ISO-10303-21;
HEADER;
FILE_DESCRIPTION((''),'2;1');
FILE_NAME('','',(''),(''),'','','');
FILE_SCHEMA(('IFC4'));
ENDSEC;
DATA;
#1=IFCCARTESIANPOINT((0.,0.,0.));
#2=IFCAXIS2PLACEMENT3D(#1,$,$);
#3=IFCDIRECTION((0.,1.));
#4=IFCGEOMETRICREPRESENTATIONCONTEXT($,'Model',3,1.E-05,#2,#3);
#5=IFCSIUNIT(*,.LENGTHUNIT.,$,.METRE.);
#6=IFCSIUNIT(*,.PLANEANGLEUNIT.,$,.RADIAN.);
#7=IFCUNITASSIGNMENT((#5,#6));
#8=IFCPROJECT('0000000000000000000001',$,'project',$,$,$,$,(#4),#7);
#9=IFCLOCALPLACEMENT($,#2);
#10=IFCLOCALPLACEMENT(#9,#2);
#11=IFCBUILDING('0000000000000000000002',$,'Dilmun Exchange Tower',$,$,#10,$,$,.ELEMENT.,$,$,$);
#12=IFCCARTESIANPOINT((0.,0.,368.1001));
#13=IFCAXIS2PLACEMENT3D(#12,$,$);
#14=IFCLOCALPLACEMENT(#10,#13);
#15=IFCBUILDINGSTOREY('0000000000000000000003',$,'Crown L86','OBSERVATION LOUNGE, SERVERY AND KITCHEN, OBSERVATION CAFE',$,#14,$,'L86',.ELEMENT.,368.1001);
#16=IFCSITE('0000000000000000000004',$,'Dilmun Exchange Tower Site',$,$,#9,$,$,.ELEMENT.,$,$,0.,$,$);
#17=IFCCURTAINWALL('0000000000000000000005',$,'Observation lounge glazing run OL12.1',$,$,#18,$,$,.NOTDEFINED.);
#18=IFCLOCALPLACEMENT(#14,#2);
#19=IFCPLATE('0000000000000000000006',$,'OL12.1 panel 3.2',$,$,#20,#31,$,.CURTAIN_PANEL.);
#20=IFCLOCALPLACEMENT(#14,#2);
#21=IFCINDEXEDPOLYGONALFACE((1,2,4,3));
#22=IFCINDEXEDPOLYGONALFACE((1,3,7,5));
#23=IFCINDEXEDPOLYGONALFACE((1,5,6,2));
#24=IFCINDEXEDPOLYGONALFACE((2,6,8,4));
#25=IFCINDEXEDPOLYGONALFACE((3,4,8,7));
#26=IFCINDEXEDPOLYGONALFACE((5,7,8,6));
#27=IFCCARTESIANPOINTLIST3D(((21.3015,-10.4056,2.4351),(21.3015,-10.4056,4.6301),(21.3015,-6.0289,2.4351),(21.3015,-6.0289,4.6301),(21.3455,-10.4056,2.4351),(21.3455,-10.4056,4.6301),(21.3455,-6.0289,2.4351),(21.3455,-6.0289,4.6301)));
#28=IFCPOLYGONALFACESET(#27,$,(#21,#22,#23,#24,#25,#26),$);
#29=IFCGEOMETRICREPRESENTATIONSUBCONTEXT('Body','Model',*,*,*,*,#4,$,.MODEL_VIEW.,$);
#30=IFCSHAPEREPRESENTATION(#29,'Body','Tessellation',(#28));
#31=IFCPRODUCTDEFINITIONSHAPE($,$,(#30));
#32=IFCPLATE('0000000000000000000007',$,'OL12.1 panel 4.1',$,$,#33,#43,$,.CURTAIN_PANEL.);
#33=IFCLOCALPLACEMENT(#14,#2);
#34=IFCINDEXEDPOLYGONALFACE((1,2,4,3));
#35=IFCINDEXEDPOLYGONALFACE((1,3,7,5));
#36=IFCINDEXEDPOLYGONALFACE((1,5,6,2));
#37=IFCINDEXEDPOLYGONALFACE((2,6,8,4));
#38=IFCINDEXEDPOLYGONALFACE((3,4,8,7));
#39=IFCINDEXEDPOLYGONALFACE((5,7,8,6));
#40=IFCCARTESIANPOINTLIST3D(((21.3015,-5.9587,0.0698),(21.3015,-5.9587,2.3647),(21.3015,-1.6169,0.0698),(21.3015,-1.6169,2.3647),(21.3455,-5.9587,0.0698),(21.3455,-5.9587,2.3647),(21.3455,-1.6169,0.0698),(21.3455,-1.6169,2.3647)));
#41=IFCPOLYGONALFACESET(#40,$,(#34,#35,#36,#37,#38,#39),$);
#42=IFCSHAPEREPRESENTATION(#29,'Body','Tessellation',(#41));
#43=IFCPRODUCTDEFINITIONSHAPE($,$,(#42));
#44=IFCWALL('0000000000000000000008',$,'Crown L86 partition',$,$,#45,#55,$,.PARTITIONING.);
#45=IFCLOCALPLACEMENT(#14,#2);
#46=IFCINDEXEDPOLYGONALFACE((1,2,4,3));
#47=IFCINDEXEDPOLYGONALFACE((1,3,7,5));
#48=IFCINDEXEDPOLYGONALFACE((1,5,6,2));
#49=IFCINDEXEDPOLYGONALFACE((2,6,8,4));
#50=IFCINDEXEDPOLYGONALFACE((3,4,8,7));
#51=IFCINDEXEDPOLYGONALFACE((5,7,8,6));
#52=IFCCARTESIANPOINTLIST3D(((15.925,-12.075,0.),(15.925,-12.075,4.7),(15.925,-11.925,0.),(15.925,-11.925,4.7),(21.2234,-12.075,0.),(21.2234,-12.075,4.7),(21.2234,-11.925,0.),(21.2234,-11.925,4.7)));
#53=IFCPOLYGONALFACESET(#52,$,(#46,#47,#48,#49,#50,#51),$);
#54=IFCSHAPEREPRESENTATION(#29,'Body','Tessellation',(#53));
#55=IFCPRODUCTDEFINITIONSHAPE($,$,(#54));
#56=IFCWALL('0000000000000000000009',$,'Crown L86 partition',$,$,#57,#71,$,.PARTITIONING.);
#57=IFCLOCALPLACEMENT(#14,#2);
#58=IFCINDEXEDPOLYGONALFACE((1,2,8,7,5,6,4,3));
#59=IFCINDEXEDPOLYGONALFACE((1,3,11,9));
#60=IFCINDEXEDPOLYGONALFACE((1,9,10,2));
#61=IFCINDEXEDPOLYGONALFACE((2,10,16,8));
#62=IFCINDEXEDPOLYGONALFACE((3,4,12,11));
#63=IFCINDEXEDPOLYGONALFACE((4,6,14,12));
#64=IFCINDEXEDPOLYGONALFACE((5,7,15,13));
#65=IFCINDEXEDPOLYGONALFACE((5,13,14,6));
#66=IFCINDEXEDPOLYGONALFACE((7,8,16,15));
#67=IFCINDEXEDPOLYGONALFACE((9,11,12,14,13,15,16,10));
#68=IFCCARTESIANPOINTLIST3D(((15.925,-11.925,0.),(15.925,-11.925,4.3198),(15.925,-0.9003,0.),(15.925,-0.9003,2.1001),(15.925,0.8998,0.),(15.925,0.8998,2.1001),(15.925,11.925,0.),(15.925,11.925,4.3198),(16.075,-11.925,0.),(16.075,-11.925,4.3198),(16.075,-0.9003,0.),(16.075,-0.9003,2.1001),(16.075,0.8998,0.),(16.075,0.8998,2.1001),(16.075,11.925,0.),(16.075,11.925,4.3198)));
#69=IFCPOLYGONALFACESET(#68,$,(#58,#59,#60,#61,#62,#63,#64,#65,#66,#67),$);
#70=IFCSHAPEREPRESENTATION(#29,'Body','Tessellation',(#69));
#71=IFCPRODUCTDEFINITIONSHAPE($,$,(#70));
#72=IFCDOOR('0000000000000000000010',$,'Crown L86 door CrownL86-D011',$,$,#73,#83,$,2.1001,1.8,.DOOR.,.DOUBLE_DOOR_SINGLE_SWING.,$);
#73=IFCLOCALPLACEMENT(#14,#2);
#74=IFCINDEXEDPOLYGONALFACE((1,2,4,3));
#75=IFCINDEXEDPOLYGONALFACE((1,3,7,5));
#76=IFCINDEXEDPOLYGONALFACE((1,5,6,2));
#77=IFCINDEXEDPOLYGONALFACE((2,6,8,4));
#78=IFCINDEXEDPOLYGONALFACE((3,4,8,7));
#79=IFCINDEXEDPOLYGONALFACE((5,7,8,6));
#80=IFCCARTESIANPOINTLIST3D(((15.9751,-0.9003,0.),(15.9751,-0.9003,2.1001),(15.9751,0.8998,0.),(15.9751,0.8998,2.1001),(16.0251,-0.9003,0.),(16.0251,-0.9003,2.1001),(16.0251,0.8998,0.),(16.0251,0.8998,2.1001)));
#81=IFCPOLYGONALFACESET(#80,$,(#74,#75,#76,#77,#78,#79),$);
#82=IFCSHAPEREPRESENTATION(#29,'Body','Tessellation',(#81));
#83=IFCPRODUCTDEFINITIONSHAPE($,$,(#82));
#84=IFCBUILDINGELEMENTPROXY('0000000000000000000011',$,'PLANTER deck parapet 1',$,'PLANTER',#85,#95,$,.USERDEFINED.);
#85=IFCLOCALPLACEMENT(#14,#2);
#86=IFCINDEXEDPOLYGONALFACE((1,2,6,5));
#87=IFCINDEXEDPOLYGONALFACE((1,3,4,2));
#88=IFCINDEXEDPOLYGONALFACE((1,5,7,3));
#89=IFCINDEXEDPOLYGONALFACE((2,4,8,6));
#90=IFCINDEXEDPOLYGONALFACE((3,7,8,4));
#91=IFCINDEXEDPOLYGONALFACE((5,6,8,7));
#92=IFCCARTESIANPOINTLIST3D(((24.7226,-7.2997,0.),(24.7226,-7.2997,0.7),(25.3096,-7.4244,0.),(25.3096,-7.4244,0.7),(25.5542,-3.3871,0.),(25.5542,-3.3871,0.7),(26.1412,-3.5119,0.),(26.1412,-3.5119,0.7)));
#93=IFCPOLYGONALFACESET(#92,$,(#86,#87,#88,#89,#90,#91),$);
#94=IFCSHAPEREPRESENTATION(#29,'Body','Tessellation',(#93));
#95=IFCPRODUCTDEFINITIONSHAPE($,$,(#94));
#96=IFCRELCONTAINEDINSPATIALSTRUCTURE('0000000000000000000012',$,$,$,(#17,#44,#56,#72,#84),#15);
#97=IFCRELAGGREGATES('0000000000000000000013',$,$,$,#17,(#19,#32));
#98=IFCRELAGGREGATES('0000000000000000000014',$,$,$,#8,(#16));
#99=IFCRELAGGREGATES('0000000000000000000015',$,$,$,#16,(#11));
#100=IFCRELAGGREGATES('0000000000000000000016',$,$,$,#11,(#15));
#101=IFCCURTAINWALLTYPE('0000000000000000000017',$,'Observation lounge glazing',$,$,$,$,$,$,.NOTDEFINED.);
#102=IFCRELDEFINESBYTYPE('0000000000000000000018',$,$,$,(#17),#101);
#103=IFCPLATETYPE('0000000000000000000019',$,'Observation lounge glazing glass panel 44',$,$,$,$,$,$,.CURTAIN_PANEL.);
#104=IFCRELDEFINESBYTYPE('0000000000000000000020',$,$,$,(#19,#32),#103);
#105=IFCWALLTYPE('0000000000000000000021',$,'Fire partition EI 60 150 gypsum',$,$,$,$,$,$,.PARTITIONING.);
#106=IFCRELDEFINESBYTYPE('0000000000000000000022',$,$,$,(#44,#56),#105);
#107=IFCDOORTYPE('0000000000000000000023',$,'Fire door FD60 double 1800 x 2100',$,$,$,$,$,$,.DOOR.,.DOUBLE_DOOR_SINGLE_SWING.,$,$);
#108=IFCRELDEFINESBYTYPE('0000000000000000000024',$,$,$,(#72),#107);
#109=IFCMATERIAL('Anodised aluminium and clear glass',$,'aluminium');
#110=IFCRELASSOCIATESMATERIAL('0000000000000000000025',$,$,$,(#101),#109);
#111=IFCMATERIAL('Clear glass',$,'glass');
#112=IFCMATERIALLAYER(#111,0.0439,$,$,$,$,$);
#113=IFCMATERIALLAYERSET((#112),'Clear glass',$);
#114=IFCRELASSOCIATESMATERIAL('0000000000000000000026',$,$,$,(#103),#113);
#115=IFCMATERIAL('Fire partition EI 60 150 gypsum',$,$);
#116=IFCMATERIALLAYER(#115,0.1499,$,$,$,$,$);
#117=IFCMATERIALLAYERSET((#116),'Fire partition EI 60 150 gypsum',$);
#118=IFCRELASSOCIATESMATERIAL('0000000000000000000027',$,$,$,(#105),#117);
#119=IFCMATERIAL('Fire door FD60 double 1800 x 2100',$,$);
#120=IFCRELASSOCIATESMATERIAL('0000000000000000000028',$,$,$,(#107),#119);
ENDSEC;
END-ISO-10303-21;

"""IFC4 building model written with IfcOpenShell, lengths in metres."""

from ifc_helpers import new_model, si_unit, direction, frame, frame_2d, origin, origin_2d, place, context, subcontext, project, spatial, rectangle, extrude, material, layer, layer_set, type_object, element, fill, aggregate, save


model = new_model("IFC4")

# Units and contexts
model_context = context("Model", 3, precision=1e-05, world=origin(), true_north=direction((0.0, 1.0)))
body_context = subcontext(model_context, "Body", "Model", "MODEL_VIEW")
ifc_project = project(units=[si_unit("LENGTHUNIT", "METRE"), si_unit("PLANEANGLEUNIT", "RADIAN")], contexts=[model_context])

# Site, building, storey
site_placement = place(None, origin())
site = spatial("IfcSite", under=ifc_project, at=site_placement, Name="Dilmun Exchange Tower Site", CompositionType="ELEMENT", RefElevation=0.0)
building_placement = place(site_placement, origin())
building = spatial("IfcBuilding", under=site, at=building_placement, Name="Dilmun Exchange Tower", CompositionType="ELEMENT")
storey_placement = place(building_placement, frame((0.0, 0.0, 368.1001)))
storey = spatial("IfcBuildingStorey", under=building, at=storey_placement, Name="Crown L86", Description="OBSERVATION LOUNGE, SERVERY AND KITCHEN, OBSERVATION CAFE", LongName="L86", CompositionType="ELEMENT", Elevation=368.1001)

# Curtain wall
ifc_material_1 = material(Name="Anodised aluminium and clear glass", Category="aluminium")
curtain_wall_type = type_object("IfcCurtainWallType", Name="Observation lounge glazing", PredefinedType="NOTDEFINED", material=ifc_material_1)
curtain_wall_placement = place(storey_placement, origin())
curtain_wall = element("IfcCurtainWall", 1, at=curtain_wall_placement, inside=storey, type_object=curtain_wall_type, Name="Observation lounge glazing run OL12.1", PredefinedType="NOTDEFINED")

# Plates
ifc_material_2 = material(Name="Clear glass", Category="glass")
ifc_layer_1 = layer(ifc_material_2, 0.0439)
ifc_layer_set_1 = layer_set([ifc_layer_1], Name="Clear glass")
plate_type = type_object("IfcPlateType", Name="Observation lounge glazing glass panel 44", PredefinedType="CURTAIN_PANEL", material=ifc_layer_set_1)
plate_1_placement = place(storey_placement, frame((21.3235, -8.2173, 2.4351), z_axis=(0.0, 0.0, 1.0), x_axis=(0.0, 1.0, 0.0)))
plate_1 = element("IfcPlate", 2, at=plate_1_placement, type_object=plate_type, Name="OL12.1 panel 3.2", PredefinedType="CURTAIN_PANEL", context=body_context, shape_type="SweptSolid", body=[
    extrude(rectangle(XDim=4.3767, YDim=0.0439, at=origin_2d()), origin(), (0.0, 0.0, 1.0), 2.1951),
])
plate_2_placement = place(storey_placement, frame((21.3235, -3.7878, 0.0698), z_axis=(0.0, 0.0, 1.0), x_axis=(0.0, 1.0, 0.0)))
plate_2 = element("IfcPlate", 3, at=plate_2_placement, type_object=plate_type, Name="OL12.1 panel 4.1", PredefinedType="CURTAIN_PANEL", context=body_context, shape_type="SweptSolid", body=[
    extrude(rectangle(XDim=4.3418, YDim=0.0439, at=origin_2d()), origin(), (0.0, 0.0, 1.0), 2.2949),
])
aggregate(curtain_wall, [plate_1, plate_2])

# Wall
ifc_material_3 = material(Name="Fire partition EI 60 150 gypsum")
ifc_layer_2 = layer(ifc_material_3, 0.1499)
ifc_layer_set_2 = layer_set([ifc_layer_2], Name="Fire partition EI 60 150 gypsum")
wall_type = type_object("IfcWallType", Name="Fire partition EI 60 150 gypsum", PredefinedType="PARTITIONING", material=ifc_layer_set_2)
wall_1_placement = place(storey_placement, frame((15.925, -12.0, 0.0), z_axis=(0.0, 0.0, 1.0), x_axis=(1.0, 0.0, 0.0)))
element("IfcWall", 4, at=wall_1_placement, inside=storey, type_object=wall_type, Name="Crown L86 partition", PredefinedType="PARTITIONING", context=body_context, shape_type="SweptSolid", body=[
    extrude(rectangle(XDim=5.2983, YDim=0.1499, at=frame_2d((2.6492, 0.0))), origin(), (0.0, 0.0, 1.0), 4.7),
])

# Wall, opening, door
wall_2_placement = place(storey_placement, frame((16.0, -11.925, 0.0), z_axis=(0.0, 0.0, 1.0), x_axis=(0.0, 1.0, 0.0)))
wall_2 = element("IfcWall", 5, at=wall_2_placement, inside=storey, type_object=wall_type, Name="Crown L86 partition", PredefinedType="PARTITIONING", context=body_context, shape_type="SweptSolid", body=[
    extrude(rectangle(XDim=23.8501, YDim=0.1499, at=frame_2d((11.925, 0.0))), origin(), (0.0, 0.0, 1.0), 4.3198),
])
opening_placement = place(wall_2_placement, frame((11.0249, 0.0, 0.0)))
opening = element("IfcOpeningElement", 6, at=opening_placement, cuts=wall_2, PredefinedType="OPENING", context=body_context, shape_type="SweptSolid", body=[
    extrude(rectangle(XDim=1.8, YDim=2.1001, at=frame_2d((0.8999, 1.05))), frame((0.0, 0.085, 0.0), z_axis=(0.0, -1.0, 0.0), x_axis=(1.0, 0.0, 0.0)), (0.0, 0.0, 1.0), 0.1699),
])
ifc_material_4 = material(Name="Fire door FD60 double 1800 x 2100")
door_type = type_object("IfcDoorType", Name="Fire door FD60 double 1800 x 2100", OperationType="DOUBLE_DOOR_SINGLE_SWING", PredefinedType="DOOR", material=ifc_material_4)
door_placement = place(opening_placement, origin())
door = element("IfcDoor", 7, at=door_placement, inside=storey, type_object=door_type, Name="Crown L86 door CrownL86-D011", OperationType="DOUBLE_DOOR_SINGLE_SWING", OverallHeight=2.1001, OverallWidth=1.8, PredefinedType="DOOR", context=body_context, shape_type="SweptSolid", body=[
    extrude(rectangle(XDim=1.8, YDim=2.1001, at=frame_2d((0.8999, 1.05))), frame((0.0, 0.0249, 0.0), z_axis=(0.0, -1.0, 0.0), x_axis=(1.0, 0.0, 0.0)), (0.0, 0.0, 1.0), 0.05),
])
fill(opening, door)

# Building element proxy
proxy_placement = place(storey_placement, frame((25.4319, -5.4058, 0.0), z_axis=(0.0, 0.0, 1.0), x_axis=(0.207912, 0.978148, 0.0)))
element("IfcBuildingElementProxy", 8, at=proxy_placement, inside=storey, Name="PLANTER deck parapet 1", ObjectType="PLANTER", PredefinedType="USERDEFINED", context=body_context, shape_type="SweptSolid", body=[
    extrude(rectangle(XDim=4.0, YDim=0.6001, at=origin_2d()), origin(), (0.0, 0.0, 1.0), 0.7),
])

save(model, "model.ifc")
